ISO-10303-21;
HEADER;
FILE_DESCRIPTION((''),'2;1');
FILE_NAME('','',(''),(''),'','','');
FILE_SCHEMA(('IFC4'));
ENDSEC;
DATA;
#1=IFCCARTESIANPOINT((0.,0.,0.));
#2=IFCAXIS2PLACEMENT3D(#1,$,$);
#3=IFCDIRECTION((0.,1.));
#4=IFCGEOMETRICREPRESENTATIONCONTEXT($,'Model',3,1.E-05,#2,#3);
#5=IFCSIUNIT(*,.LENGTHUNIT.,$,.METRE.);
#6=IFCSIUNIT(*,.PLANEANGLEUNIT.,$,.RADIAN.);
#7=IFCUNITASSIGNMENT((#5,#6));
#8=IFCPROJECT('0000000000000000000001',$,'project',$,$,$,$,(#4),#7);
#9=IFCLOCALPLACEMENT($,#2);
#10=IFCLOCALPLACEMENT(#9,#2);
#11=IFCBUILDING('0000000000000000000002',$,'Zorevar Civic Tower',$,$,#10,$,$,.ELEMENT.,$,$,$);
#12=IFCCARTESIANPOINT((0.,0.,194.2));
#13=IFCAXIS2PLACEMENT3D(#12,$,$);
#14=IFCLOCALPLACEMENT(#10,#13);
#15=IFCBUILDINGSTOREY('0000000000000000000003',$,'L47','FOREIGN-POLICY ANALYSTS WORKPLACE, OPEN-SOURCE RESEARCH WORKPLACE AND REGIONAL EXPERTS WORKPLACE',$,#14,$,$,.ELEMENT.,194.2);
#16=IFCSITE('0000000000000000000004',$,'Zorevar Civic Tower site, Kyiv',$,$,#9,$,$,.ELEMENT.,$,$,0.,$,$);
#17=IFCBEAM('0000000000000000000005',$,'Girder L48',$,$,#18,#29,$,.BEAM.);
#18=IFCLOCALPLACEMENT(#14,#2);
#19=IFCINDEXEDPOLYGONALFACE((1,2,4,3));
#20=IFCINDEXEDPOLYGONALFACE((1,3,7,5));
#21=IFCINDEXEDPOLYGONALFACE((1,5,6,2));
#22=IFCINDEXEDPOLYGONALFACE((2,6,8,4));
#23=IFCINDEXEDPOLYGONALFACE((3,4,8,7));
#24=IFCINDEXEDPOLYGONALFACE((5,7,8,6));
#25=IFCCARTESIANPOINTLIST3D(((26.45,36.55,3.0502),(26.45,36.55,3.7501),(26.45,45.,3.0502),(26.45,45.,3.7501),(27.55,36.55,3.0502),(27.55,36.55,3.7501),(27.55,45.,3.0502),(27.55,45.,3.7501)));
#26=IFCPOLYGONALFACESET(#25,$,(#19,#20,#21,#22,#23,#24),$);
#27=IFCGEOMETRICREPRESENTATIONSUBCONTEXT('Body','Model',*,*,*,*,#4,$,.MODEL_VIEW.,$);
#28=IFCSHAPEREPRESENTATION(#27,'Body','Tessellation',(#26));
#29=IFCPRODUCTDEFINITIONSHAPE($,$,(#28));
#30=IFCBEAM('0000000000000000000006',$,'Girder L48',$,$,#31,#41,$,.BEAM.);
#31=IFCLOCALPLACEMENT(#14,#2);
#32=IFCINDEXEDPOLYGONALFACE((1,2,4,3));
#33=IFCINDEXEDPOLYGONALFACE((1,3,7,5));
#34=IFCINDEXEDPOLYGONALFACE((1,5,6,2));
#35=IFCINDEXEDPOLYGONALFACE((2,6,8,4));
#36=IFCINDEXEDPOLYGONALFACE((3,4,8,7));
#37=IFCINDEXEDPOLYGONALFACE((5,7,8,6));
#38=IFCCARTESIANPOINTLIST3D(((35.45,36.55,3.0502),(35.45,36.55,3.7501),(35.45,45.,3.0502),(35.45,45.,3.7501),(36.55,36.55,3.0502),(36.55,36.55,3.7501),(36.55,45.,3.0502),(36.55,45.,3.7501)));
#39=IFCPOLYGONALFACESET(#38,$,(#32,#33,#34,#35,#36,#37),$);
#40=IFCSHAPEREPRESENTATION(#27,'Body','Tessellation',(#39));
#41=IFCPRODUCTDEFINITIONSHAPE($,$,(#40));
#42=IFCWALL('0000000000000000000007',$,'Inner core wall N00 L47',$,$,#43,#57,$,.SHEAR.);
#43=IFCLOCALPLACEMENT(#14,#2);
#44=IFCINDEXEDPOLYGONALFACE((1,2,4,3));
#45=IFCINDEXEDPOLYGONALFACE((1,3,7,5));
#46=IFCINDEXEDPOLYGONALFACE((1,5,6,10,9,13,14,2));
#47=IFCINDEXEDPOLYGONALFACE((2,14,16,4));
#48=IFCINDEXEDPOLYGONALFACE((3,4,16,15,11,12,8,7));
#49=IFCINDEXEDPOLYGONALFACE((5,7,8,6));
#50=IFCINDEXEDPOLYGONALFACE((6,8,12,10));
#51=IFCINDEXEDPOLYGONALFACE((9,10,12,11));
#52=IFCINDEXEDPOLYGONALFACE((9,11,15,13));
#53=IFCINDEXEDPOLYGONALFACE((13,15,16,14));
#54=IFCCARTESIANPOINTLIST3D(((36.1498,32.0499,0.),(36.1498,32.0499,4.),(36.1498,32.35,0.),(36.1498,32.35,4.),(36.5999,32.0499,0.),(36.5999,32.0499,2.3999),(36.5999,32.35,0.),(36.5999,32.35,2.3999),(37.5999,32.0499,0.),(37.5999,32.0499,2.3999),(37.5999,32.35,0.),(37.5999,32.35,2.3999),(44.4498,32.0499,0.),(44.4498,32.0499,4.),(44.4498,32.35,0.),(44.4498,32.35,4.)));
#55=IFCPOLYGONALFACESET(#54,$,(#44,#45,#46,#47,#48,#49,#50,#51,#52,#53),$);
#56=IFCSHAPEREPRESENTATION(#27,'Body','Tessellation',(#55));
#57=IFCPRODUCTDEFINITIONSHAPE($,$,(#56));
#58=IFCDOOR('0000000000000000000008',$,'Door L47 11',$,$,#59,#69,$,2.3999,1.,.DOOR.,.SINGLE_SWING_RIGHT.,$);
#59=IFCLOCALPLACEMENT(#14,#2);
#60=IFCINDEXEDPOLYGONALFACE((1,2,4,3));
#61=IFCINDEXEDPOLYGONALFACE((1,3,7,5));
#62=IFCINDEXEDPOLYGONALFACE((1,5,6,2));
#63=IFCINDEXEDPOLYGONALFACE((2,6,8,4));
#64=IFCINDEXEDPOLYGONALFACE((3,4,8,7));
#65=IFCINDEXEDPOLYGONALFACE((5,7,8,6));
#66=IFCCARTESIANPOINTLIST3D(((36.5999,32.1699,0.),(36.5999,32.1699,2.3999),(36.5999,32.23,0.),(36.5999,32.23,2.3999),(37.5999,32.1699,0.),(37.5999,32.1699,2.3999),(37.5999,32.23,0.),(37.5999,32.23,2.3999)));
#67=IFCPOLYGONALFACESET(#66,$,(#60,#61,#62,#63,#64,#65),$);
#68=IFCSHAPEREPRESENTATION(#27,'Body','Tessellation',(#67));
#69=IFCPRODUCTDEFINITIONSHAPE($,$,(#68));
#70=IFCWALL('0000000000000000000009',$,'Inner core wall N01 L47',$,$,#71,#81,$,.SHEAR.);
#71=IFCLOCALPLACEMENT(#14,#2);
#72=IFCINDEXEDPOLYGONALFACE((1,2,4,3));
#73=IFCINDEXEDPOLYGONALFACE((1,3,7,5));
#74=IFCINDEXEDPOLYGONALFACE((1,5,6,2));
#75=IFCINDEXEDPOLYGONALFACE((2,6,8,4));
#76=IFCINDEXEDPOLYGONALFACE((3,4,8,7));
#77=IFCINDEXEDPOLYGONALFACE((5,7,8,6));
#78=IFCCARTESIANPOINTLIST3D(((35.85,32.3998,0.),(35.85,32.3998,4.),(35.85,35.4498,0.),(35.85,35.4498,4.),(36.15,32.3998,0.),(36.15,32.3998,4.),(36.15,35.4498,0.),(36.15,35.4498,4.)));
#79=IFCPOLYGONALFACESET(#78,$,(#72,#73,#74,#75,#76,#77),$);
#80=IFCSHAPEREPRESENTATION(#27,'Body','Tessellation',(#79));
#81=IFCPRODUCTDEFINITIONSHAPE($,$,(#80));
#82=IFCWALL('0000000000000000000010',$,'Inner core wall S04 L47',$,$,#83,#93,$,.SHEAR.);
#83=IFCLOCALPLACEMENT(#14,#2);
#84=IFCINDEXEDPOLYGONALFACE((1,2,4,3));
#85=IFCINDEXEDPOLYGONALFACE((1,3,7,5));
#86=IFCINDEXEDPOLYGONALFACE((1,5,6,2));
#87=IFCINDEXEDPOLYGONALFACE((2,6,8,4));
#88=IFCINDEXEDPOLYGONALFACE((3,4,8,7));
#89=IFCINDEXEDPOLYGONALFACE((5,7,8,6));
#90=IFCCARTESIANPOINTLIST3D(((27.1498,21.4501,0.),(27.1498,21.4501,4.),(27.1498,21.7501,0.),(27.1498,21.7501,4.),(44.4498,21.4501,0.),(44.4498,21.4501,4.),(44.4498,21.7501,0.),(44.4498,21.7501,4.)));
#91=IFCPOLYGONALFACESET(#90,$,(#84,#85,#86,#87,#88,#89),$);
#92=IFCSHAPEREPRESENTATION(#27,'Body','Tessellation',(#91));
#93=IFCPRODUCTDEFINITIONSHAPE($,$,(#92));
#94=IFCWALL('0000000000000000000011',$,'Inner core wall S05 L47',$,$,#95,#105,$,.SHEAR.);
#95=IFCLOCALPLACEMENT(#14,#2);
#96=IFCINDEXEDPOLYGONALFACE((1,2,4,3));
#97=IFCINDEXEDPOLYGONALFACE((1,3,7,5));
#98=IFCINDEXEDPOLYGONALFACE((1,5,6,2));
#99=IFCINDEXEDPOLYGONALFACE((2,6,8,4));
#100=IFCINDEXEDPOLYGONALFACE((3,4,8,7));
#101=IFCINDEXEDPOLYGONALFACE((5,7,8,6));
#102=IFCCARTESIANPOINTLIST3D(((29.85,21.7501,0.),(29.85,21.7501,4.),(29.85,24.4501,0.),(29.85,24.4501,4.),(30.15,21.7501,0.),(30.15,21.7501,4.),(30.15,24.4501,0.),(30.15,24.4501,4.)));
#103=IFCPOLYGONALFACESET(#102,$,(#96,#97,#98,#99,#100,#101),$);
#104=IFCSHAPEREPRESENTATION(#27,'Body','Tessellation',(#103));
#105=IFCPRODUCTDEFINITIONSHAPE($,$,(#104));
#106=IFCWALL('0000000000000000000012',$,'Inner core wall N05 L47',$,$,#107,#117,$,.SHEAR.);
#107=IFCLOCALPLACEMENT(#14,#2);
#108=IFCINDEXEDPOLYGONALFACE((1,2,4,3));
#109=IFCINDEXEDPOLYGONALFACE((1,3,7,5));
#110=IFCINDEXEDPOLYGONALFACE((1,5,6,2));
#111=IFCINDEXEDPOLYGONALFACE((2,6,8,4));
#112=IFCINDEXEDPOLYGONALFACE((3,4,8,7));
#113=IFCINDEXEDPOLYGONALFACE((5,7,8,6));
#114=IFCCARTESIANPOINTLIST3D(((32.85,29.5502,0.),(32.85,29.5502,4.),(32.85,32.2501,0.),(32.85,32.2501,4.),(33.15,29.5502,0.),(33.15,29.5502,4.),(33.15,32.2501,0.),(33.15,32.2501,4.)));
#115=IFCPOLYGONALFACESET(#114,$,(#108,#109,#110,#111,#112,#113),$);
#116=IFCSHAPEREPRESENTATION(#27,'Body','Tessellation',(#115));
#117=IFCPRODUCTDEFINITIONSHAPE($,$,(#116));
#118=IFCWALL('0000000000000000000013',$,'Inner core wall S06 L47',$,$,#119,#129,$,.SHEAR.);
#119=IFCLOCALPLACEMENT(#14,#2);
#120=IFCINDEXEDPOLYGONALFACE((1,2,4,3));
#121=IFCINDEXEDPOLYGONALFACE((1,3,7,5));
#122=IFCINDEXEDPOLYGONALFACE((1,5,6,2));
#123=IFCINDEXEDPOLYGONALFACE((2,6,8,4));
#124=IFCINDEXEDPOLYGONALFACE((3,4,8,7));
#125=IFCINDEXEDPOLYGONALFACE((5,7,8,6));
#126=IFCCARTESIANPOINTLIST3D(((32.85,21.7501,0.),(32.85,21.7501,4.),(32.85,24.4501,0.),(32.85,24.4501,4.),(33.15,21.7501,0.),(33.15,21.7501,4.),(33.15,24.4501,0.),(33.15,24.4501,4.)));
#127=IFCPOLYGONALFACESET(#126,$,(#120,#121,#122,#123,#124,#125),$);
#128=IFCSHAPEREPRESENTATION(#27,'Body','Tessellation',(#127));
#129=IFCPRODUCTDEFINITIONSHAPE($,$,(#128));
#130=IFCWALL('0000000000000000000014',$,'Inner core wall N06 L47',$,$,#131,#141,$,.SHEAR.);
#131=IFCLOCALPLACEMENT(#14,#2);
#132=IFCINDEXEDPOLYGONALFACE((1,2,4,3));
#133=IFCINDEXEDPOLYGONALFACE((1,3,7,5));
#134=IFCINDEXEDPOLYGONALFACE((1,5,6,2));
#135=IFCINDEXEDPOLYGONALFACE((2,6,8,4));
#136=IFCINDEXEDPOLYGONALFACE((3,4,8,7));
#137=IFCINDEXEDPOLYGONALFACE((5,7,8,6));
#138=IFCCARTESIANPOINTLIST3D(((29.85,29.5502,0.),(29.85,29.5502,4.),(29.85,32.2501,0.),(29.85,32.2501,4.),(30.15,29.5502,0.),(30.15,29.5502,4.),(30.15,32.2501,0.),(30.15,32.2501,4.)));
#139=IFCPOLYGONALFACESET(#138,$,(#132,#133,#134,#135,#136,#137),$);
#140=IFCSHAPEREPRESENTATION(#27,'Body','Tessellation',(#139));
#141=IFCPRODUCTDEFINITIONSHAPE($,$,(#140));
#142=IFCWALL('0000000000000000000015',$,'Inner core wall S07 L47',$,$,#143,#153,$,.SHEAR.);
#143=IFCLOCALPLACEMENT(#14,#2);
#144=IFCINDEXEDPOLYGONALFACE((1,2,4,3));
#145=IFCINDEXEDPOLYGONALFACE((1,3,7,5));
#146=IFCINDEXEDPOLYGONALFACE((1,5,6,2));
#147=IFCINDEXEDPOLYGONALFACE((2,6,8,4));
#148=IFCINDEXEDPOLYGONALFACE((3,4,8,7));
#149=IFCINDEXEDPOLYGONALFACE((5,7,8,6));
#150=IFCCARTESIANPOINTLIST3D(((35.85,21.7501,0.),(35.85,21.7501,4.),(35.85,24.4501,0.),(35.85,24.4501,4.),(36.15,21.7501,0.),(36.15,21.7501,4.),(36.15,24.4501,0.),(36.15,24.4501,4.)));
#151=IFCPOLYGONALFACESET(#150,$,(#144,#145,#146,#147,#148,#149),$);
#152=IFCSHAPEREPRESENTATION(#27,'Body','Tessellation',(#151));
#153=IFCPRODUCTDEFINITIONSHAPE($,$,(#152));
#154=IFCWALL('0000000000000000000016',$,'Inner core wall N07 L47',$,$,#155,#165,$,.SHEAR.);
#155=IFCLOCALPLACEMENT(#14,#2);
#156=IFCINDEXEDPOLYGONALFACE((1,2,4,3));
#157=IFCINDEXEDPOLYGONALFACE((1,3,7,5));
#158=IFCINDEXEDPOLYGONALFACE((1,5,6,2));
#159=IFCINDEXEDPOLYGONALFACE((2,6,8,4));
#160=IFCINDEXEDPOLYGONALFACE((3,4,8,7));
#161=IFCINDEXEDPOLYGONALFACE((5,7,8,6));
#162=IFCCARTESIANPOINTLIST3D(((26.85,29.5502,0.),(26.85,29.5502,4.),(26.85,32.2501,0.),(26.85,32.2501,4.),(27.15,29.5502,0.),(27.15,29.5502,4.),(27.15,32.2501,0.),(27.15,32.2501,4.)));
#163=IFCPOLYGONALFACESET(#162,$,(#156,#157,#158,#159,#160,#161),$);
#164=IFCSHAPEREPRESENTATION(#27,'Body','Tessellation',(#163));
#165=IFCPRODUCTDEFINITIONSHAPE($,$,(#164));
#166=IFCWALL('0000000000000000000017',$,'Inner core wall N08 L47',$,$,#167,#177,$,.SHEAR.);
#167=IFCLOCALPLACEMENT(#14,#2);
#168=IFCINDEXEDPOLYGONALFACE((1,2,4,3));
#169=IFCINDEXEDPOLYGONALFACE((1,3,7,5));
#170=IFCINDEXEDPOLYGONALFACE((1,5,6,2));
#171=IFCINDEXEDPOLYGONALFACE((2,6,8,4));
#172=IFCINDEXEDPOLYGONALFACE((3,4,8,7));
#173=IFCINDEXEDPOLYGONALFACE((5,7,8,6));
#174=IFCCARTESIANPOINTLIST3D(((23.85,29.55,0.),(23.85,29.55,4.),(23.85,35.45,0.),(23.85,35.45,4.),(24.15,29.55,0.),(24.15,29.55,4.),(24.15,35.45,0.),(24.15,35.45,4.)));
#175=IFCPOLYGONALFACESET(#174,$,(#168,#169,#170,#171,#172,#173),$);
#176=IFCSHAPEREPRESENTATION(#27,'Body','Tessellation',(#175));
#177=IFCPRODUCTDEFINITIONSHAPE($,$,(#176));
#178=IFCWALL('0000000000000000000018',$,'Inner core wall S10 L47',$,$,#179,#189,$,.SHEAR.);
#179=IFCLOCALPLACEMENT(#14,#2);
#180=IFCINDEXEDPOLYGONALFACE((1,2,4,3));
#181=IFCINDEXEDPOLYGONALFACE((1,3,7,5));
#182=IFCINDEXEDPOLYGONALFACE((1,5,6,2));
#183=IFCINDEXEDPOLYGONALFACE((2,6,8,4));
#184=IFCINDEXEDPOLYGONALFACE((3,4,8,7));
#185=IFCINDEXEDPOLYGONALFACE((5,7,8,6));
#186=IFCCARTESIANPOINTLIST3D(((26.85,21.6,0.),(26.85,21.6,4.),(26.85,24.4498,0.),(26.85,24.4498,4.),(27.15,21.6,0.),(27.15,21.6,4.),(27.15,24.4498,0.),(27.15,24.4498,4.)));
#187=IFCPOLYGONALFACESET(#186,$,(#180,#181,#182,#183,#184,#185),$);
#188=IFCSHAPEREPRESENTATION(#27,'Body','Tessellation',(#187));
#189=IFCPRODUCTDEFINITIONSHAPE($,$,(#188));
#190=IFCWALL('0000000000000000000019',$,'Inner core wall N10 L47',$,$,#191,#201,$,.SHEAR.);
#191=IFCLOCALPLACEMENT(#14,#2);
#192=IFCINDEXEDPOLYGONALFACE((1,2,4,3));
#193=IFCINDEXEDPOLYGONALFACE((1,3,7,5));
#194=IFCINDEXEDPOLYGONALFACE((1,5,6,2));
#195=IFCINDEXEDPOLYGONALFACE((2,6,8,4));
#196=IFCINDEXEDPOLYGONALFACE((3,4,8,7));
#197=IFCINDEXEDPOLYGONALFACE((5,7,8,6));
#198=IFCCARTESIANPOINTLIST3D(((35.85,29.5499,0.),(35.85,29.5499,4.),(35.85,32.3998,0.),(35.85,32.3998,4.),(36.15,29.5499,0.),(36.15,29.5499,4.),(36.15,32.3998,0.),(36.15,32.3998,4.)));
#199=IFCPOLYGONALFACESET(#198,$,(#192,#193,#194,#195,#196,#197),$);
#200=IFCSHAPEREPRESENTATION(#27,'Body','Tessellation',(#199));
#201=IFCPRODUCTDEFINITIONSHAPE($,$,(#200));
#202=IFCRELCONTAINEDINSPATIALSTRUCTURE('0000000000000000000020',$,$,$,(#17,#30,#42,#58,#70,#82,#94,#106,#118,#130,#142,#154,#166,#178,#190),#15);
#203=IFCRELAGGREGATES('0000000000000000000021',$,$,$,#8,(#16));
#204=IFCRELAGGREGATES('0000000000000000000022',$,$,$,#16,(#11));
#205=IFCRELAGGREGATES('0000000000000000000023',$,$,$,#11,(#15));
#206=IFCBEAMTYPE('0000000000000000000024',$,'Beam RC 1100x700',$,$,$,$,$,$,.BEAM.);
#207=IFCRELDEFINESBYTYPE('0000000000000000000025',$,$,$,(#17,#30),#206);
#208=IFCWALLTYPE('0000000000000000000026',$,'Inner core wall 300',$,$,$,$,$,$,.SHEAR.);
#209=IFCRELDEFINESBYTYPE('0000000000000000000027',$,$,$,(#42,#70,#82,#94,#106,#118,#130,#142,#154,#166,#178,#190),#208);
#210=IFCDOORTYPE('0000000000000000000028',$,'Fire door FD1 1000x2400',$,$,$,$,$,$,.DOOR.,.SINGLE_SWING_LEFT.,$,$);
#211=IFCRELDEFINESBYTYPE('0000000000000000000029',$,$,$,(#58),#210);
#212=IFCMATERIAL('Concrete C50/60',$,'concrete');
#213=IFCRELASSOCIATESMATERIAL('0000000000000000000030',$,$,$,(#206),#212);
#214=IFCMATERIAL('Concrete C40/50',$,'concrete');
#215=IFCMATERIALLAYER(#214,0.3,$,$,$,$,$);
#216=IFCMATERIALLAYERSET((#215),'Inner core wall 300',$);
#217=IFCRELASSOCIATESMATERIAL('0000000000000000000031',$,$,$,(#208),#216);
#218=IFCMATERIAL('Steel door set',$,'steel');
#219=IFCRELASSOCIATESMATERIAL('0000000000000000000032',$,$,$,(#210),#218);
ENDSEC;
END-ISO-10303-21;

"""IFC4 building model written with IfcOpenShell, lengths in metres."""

from ifc_helpers import new_model, si_unit, direction, frame, frame_2d, origin, origin_2d, place, context, subcontext, project, spatial, rectangle, extrude, material, layer, layer_set, material_profile, profile_set, type_object, element, fill, save


model = new_model("IFC4")

# Units and contexts
model_context = context("Model", 3, precision=1e-05, world=origin(), true_north=direction((0.0, 1.0)))
body_context = subcontext(model_context, "Body", "Model", "MODEL_VIEW")
ifc_project = project(units=[si_unit("LENGTHUNIT", "METRE"), si_unit("PLANEANGLEUNIT", "RADIAN")], contexts=[model_context])

# Site, building, storey
site_placement = place(None, origin())
site = spatial("IfcSite", under=ifc_project, at=site_placement, Name="Zorevar Civic Tower site, Kyiv", CompositionType="ELEMENT", RefElevation=0.0)
building_placement = place(site_placement, origin())
building = spatial("IfcBuilding", under=site, at=building_placement, Name="Zorevar Civic Tower", CompositionType="ELEMENT")
storey_placement = place(building_placement, frame((0.0, 0.0, 194.2)))
storey = spatial("IfcBuildingStorey", under=building, at=storey_placement, Name="L47", Description="FOREIGN-POLICY ANALYSTS WORKPLACE, OPEN-SOURCE RESEARCH WORKPLACE AND REGIONAL EXPERTS WORKPLACE", CompositionType="ELEMENT", Elevation=194.2)

# Beams
ifc_material_1 = material(Name="Concrete C50/60", Category="concrete")
ifc_material_profile = material_profile(ifc_material_1, rectangle(XDim=1.1001, YDim=0.7, at=origin_2d()), Name="RC 1100x700")
ifc_profile_set = profile_set([ifc_material_profile], Name="Concrete C50/60")
beam_type = type_object("IfcBeamType", Name="Beam RC 1100x700", PredefinedType="BEAM", material=ifc_profile_set)
for number, where, z_axis, x_axis, name in (
    (1, (27.0, 36.55, 3.4001), (0.0, 1.0, 0.0), (-1.0, 0.0, 0.0), "Girder L48"),
    (2, (36.0, 36.55, 3.4001), (0.0, 1.0, 0.0), (-1.0, 0.0, 0.0), "Girder L48"),
):
    element("IfcBeam", number, at=place(storey_placement, frame(where, z_axis=z_axis, x_axis=x_axis)), inside=storey, type_object=beam_type, Name=name, PredefinedType="BEAM", context=body_context, shape_type="SweptSolid", body=[
        extrude(rectangle(XDim=1.1001, YDim=0.7, at=origin_2d()), origin(), (0.0, 0.0, 1.0), 8.45),
    ])

# Wall, opening, door
ifc_material_2 = material(Name="Concrete C40/50", Category="concrete")
ifc_layer_1 = layer(ifc_material_2, 0.3)
ifc_layer_set_1 = layer_set([ifc_layer_1], Name="Inner core wall 300")
wall_type_1 = type_object("IfcWallType", Name="Inner core wall 300", PredefinedType="SHEAR", material=ifc_layer_set_1)
wall_1_placement = place(storey_placement, frame((36.1499, 32.2, 0.0), z_axis=(0.0, 0.0, 1.0), x_axis=(1.0, 0.0, 0.0)))
wall_1 = element("IfcWall", 3, at=wall_1_placement, inside=storey, type_object=wall_type_1, Name="Inner core wall N00 L47", PredefinedType="SHEAR", context=body_context, shape_type="SweptSolid", body=[
    extrude(rectangle(XDim=8.3, YDim=0.3, at=frame_2d((4.1499, 0.0))), origin(), (0.0, 0.0, 1.0), 4.0),
])
opening_1_placement = place(wall_1_placement, frame((0.45, 0.0, 0.0)))
opening_1 = element("IfcOpeningElement", 4, at=opening_1_placement, cuts=wall_1, PredefinedType="OPENING", context=body_context, shape_type="SweptSolid", body=[
    extrude(rectangle(XDim=1.0, YDim=2.3999, at=frame_2d((0.5, 1.2))), frame((0.0, 0.1599, 0.0), z_axis=(0.0, -1.0, 0.0), x_axis=(1.0, 0.0, 0.0)), (0.0, 0.0, 1.0), 0.3201),
])
ifc_material_3 = material(Name="Steel door set", Category="steel")
door_type_1 = type_object("IfcDoorType", Name="Fire door FD1 1000x2400", OperationType="SINGLE_SWING_LEFT", PredefinedType="DOOR", material=ifc_material_3)
door_1_placement = place(opening_1_placement, origin())
door_1 = element("IfcDoor", 5, at=door_1_placement, inside=storey, type_object=door_type_1, Name="Door L47 11", OperationType="SINGLE_SWING_RIGHT", OverallHeight=2.3999, OverallWidth=1.0, PredefinedType="DOOR", context=body_context, shape_type="SweptSolid", body=[
    extrude(rectangle(XDim=1.0, YDim=2.3999, at=frame_2d((0.5, 1.2))), frame((0.0, 0.03, 0.0), z_axis=(0.0, -1.0, 0.0), x_axis=(1.0, 0.0, 0.0)), (0.0, 0.0, 1.0), 0.0601),
])
fill(opening_1, door_1)

# Walls
wall_2_placement = place(storey_placement, frame((36.0, 32.3999, 0.0), z_axis=(0.0, 0.0, 1.0), x_axis=(0.0, 1.0, 0.0)))
element("IfcWall", 6, at=wall_2_placement, inside=storey, type_object=wall_type_1, Name="Inner core wall N01 L47", PredefinedType="SHEAR", context=body_context, shape_type="SweptSolid", body=[
    extrude(rectangle(XDim=3.05, YDim=0.3, at=frame_2d((1.5249, 0.0))), origin(), (0.0, 0.0, 1.0), 4.0),
])
wall_3_placement = place(storey_placement, frame((27.1499, 21.6001, 0.0), z_axis=(0.0, 0.0, 1.0), x_axis=(1.0, 0.0, 0.0)))
element("IfcWall", 7, at=wall_3_placement, inside=storey, type_object=wall_type_1, Name="Inner core wall S04 L47", PredefinedType="SHEAR", context=body_context, shape_type="SweptSolid", body=[
    extrude(rectangle(XDim=17.3, YDim=0.3, at=frame_2d((8.6499, 0.0))), origin(), (0.0, 0.0, 1.0), 4.0),
])
for number, where, z_axis, x_axis, name in (
    (8, (30.0, 21.75, 0.0), (0.0, 0.0, 1.0), (0.0, 1.0, 0.0), "Inner core wall S05 L47"),
    (9, (33.0, 29.55, 0.0), (0.0, 0.0, 1.0), (0.0, 1.0, 0.0), "Inner core wall N05 L47"),
    (10, (33.0, 21.75, 0.0), (0.0, 0.0, 1.0), (0.0, 1.0, 0.0), "Inner core wall S06 L47"),
    (11, (30.0, 29.55, 0.0), (0.0, 0.0, 1.0), (0.0, 1.0, 0.0), "Inner core wall N06 L47"),
    (12, (36.0, 21.75, 0.0), (0.0, 0.0, 1.0), (0.0, 1.0, 0.0), "Inner core wall S07 L47"),
    (13, (27.0, 29.55, 0.0), (0.0, 0.0, 1.0), (0.0, 1.0, 0.0), "Inner core wall N07 L47"),
):
    element("IfcWall", number, at=place(storey_placement, frame(where, z_axis=z_axis, x_axis=x_axis)), inside=storey, type_object=wall_type_1, Name=name, PredefinedType="SHEAR", context=body_context, shape_type="SweptSolid", body=[
        extrude(rectangle(XDim=2.7, YDim=0.3, at=frame_2d((1.3501, 0.0))), origin(), (0.0, 0.0, 1.0), 4.0),
    ])
wall_4_placement = place(storey_placement, frame((24.0, 29.55, 0.0), z_axis=(0.0, 0.0, 1.0), x_axis=(0.0, 1.0, 0.0)))
element("IfcWall", 14, at=wall_4_placement, inside=storey, type_object=wall_type_1, Name="Inner core wall N08 L47", PredefinedType="SHEAR", context=body_context, shape_type="SweptSolid", body=[
    extrude(rectangle(XDim=5.8999, YDim=0.3, at=frame_2d((2.95, 0.0))), origin(), (0.0, 0.0, 1.0), 4.0),
])
for number, where, z_axis, x_axis, name in (
    (15, (27.0, 21.6001, 0.0), (0.0, 0.0, 1.0), (0.0, 1.0, 0.0), "Inner core wall S10 L47"),
    (16, (36.0, 29.55, 0.0), (0.0, 0.0, 1.0), (0.0, 1.0, 0.0), "Inner core wall N10 L47"),
):
    element("IfcWall", number, at=place(storey_placement, frame(where, z_axis=z_axis, x_axis=x_axis)), inside=storey, type_object=wall_type_1, Name=name, PredefinedType="SHEAR", context=body_context, shape_type="SweptSolid", body=[
        extrude(rectangle(XDim=2.8499, YDim=0.3, at=frame_2d((1.4248, 0.0))), origin(), (0.0, 0.0, 1.0), 4.0),
    ])

save(model, "model.ifc")
